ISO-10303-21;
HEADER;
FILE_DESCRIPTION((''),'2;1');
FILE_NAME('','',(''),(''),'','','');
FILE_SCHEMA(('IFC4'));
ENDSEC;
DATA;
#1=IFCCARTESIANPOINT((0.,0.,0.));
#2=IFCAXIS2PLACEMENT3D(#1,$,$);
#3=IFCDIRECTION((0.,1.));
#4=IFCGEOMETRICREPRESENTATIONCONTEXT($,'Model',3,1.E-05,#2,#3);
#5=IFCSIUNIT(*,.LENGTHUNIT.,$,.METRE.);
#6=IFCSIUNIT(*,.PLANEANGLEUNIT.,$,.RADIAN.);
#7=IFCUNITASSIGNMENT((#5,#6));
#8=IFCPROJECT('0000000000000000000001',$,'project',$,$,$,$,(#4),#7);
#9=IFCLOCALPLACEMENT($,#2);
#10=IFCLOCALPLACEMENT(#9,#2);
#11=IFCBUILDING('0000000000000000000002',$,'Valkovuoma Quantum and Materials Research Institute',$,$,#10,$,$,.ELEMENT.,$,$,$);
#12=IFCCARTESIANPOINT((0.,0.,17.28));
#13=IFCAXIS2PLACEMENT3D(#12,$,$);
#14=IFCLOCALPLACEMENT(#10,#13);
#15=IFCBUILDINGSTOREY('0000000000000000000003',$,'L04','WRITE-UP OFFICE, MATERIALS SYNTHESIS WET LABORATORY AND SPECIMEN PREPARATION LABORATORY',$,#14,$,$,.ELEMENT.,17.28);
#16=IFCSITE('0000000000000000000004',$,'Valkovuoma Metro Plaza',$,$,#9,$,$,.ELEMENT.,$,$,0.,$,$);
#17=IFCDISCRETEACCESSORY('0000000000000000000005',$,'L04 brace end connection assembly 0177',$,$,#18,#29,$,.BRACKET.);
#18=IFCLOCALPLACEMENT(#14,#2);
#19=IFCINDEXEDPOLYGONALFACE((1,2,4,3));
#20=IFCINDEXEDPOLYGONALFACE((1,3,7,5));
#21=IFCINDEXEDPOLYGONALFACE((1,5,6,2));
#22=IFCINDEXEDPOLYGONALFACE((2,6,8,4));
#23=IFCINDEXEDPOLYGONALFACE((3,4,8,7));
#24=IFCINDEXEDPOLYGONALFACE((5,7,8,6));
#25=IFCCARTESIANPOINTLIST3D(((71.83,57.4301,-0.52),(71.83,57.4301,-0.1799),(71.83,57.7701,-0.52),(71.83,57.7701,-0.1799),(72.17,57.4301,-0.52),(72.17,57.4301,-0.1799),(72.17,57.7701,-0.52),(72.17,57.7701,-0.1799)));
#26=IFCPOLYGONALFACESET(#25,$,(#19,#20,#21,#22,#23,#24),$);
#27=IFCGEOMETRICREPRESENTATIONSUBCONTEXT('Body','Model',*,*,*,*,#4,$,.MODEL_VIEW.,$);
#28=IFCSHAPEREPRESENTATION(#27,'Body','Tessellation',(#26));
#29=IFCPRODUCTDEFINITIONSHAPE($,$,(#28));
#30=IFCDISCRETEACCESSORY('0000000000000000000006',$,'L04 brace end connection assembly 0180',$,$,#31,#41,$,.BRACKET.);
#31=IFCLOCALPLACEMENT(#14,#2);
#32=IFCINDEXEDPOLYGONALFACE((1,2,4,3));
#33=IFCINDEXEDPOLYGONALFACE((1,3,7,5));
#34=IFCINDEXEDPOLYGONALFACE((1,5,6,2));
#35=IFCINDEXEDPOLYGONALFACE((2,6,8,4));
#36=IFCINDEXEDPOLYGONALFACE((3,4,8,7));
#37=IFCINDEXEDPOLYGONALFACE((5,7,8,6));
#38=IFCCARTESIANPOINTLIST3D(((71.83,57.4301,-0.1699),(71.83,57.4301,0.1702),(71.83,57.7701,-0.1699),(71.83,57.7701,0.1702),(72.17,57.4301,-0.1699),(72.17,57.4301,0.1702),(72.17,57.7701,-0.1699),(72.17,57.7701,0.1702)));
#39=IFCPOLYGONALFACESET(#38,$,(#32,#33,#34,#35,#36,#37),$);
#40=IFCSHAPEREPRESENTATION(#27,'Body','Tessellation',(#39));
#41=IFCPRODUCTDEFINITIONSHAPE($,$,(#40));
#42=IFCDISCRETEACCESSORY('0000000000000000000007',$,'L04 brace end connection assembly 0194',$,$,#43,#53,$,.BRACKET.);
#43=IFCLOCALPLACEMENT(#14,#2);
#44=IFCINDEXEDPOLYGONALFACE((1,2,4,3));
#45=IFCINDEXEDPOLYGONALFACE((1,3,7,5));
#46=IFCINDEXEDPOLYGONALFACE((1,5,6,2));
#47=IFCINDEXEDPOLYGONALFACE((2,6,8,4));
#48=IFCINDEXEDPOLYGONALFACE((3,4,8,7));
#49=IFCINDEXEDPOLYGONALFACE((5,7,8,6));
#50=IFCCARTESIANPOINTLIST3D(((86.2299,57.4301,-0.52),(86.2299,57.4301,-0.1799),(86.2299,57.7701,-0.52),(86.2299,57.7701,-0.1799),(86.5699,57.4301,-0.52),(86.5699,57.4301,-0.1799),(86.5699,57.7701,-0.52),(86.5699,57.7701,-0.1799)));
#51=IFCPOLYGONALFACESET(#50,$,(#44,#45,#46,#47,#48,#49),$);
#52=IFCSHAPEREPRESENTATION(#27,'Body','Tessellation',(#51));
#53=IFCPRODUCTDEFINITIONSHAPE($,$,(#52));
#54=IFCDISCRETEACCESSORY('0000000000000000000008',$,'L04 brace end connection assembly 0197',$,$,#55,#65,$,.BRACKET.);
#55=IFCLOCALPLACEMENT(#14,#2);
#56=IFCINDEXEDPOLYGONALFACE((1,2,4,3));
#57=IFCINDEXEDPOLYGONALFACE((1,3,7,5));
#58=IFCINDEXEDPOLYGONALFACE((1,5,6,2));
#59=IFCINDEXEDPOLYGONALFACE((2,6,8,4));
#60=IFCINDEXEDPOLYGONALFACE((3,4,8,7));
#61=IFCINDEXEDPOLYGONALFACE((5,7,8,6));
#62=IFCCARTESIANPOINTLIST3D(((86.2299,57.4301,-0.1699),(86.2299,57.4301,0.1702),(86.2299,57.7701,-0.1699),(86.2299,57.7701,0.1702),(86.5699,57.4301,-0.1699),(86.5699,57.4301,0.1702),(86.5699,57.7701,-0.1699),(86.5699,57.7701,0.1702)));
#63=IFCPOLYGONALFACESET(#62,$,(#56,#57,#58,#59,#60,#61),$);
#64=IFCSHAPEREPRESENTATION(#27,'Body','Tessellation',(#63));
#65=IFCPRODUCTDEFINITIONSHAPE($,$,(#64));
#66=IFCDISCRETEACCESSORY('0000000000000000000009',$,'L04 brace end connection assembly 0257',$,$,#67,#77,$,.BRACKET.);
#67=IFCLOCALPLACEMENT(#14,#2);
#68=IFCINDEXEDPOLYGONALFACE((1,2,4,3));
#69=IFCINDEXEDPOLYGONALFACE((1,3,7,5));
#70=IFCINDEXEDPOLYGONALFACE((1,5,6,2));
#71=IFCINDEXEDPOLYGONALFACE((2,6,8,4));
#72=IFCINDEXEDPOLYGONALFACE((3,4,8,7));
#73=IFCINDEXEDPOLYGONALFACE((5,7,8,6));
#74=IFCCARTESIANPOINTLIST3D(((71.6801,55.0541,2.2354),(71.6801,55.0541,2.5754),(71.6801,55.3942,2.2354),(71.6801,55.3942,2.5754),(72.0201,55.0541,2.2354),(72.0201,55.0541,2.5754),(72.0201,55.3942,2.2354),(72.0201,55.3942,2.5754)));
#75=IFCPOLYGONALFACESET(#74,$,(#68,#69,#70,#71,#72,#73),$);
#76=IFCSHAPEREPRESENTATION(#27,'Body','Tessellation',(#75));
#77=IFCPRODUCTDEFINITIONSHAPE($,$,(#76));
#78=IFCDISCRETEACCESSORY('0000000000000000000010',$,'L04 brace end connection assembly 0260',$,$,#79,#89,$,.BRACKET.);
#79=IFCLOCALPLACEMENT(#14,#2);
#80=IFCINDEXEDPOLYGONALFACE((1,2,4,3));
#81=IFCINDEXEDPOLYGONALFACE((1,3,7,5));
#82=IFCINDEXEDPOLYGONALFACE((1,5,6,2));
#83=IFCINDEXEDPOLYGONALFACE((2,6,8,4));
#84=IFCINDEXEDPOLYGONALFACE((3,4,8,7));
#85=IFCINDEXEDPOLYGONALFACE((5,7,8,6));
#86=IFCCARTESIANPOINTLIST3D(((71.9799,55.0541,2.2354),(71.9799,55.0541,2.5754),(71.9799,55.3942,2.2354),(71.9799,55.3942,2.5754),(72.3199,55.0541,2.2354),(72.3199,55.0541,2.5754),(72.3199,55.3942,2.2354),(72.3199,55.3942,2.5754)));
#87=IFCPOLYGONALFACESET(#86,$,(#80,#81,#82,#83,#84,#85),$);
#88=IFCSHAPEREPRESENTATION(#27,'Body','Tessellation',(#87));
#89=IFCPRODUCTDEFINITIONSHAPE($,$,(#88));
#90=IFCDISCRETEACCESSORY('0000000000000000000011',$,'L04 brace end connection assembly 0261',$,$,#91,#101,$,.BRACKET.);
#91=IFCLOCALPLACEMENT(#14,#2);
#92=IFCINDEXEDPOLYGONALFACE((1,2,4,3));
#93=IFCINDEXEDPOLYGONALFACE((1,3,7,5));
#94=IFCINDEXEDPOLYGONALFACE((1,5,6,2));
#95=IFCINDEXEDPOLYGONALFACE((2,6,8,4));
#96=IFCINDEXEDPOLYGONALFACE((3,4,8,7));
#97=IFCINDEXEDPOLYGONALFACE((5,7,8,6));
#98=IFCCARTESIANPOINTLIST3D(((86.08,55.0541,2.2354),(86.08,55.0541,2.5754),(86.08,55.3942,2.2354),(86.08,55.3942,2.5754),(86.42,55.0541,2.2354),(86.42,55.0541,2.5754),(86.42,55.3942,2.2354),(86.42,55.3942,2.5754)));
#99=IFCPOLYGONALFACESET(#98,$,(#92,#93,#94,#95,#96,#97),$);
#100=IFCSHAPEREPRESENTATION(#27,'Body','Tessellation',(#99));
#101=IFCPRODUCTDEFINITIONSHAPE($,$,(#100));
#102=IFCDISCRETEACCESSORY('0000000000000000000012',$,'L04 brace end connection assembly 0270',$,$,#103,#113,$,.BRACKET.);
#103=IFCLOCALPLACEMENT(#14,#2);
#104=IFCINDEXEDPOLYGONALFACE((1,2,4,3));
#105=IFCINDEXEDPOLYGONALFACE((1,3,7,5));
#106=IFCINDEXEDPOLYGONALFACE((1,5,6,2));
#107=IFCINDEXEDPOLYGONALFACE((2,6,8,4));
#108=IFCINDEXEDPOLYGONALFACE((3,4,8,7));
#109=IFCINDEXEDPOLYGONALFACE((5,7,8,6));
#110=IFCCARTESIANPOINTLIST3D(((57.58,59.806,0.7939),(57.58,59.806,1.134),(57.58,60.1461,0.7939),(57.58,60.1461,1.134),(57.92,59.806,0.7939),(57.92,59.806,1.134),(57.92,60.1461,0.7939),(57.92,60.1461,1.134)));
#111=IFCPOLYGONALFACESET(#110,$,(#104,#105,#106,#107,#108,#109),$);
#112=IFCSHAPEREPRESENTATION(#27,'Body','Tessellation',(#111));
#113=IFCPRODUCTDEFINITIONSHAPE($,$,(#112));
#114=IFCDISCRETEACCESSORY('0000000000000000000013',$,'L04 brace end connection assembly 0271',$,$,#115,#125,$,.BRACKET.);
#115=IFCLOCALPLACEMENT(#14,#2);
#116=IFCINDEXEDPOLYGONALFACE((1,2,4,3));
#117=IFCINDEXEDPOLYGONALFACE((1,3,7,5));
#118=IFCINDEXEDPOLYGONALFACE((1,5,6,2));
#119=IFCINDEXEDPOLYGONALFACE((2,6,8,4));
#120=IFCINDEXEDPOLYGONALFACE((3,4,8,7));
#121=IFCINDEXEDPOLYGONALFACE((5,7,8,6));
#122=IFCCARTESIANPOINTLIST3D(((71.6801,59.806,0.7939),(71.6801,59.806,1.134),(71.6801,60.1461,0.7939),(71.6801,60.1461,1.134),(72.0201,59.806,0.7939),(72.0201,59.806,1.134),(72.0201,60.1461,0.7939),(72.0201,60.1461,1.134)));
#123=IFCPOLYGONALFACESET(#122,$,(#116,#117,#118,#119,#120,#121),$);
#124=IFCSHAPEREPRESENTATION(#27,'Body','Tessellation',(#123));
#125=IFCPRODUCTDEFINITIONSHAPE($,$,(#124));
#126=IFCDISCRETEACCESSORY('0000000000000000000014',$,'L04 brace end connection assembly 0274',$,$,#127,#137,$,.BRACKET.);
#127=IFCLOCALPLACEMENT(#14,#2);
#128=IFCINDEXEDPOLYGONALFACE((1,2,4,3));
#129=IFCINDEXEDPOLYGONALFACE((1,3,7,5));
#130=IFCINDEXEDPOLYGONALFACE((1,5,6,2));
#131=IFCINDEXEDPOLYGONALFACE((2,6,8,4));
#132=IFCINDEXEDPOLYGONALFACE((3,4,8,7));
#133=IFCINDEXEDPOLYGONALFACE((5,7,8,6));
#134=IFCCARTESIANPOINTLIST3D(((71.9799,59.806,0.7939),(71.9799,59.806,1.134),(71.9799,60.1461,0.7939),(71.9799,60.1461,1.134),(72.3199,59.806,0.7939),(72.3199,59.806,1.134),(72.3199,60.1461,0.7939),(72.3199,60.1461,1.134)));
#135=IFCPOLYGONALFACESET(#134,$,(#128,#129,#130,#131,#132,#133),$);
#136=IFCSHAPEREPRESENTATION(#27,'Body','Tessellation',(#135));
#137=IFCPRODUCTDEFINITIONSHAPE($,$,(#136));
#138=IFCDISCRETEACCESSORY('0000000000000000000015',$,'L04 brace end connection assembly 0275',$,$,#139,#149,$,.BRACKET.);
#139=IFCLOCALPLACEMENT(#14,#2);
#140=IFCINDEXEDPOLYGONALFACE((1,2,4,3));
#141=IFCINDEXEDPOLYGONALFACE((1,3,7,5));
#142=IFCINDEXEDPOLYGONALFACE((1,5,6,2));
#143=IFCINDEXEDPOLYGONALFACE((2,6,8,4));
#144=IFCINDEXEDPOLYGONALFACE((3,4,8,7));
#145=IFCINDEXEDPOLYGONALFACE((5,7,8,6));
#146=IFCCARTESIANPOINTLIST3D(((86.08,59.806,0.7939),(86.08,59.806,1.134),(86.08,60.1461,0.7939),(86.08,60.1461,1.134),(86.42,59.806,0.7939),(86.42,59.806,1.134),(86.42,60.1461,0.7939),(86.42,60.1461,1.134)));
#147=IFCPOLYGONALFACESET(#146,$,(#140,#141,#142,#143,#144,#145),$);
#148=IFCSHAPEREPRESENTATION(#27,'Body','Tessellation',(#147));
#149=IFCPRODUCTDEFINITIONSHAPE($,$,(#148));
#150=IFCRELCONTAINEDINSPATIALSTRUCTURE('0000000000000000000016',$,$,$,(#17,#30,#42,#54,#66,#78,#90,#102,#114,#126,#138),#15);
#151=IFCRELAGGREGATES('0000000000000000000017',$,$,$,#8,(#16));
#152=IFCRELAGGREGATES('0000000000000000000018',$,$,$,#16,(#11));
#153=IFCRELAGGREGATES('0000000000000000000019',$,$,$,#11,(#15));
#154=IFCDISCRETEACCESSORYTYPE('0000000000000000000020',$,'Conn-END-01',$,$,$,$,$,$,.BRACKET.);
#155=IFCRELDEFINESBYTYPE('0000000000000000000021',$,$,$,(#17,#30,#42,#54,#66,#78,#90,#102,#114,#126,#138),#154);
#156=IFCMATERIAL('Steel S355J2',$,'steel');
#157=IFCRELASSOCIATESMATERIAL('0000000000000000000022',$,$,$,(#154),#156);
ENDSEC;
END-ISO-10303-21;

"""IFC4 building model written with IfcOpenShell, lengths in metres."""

from ifc_helpers import new_model, si_unit, direction, frame, origin, origin_2d, place, context, subcontext, project, spatial, rectangle, extrude, material, type_object, element, save


model = new_model("IFC4")

# Units and contexts
model_context = context("Model", 3, precision=1e-05, world=origin(), true_north=direction((0.0, 1.0)))
body_context = subcontext(model_context, "Body", "Model", "MODEL_VIEW")
ifc_project = project(units=[si_unit("LENGTHUNIT", "METRE"), si_unit("PLANEANGLEUNIT", "RADIAN")], contexts=[model_context])

# Site, building, storey
site_placement = place(None, origin())
site = spatial("IfcSite", under=ifc_project, at=site_placement, Name="Valkovuoma Metro Plaza", CompositionType="ELEMENT", RefElevation=0.0)
building_placement = place(site_placement, origin())
building = spatial("IfcBuilding", under=site, at=building_placement, Name="Valkovuoma Quantum and Materials Research Institute", CompositionType="ELEMENT")
storey_placement = place(building_placement, frame((0.0, 0.0, 17.28)))
storey = spatial("IfcBuildingStorey", under=building, at=storey_placement, Name="L04", Description="WRITE-UP OFFICE, MATERIALS SYNTHESIS WET LABORATORY AND SPECIMEN PREPARATION LABORATORY", CompositionType="ELEMENT", Elevation=17.28)

# Discrete accessories
ifc_material_1 = material(Name="Steel S355J2", Category="steel")
discrete_accessory_type = type_object("IfcDiscreteAccessoryType", Name="Conn-END-01", PredefinedType="BRACKET", material=ifc_material_1)
for number, where, z_axis, x_axis, name in (
    (1, (72.0, 57.6001, -0.52), (0.0, 0.0, 1.0), (1.0, 0.0, 0.0), "L04 brace end connection assembly 0177"),
    (2, (72.0, 57.6001, -0.1699), (0.0, 0.0, 1.0), (1.0, 0.0, 0.0), "L04 brace end connection assembly 0180"),
    (3, (86.3999, 57.6001, -0.52), (0.0, 0.0, 1.0), (1.0, 0.0, 0.0), "L04 brace end connection assembly 0194"),
    (4, (86.3999, 57.6001, -0.1699), (0.0, 0.0, 1.0), (1.0, 0.0, 0.0), "L04 brace end connection assembly 0197"),
    (5, (71.8501, 55.2241, 2.2354), (0.0, 0.0, 1.0), (1.0, 0.0, 0.0), "L04 brace end connection assembly 0257"),
    (6, (72.1499, 55.2241, 2.2354), (0.0, 0.0, 1.0), (1.0, 0.0, 0.0), "L04 brace end connection assembly 0260"),
    (7, (86.25, 55.2241, 2.2354), (0.0, 0.0, 1.0), (1.0, 0.0, 0.0), "L04 brace end connection assembly 0261"),
    (8, (57.75, 59.9761, 0.7939), (0.0, 0.0, 1.0), (1.0, 0.0, 0.0), "L04 brace end connection assembly 0270"),
    (9, (71.8501, 59.9761, 0.7939), (0.0, 0.0, 1.0), (1.0, 0.0, 0.0), "L04 brace end connection assembly 0271"),
    (10, (72.1499, 59.9761, 0.7939), (0.0, 0.0, 1.0), (1.0, 0.0, 0.0), "L04 brace end connection assembly 0274"),
    (11, (86.25, 59.9761, 0.7939), (0.0, 0.0, 1.0), (1.0, 0.0, 0.0), "L04 brace end connection assembly 0275"),
):
    element("IfcDiscreteAccessory", number, at=place(storey_placement, frame(where, z_axis=z_axis, x_axis=x_axis)), inside=storey, type_object=discrete_accessory_type, Name=name, PredefinedType="BRACKET", context=body_context, shape_type="SweptSolid", body=[
        extrude(rectangle(XDim=0.3401, YDim=0.3401, at=origin_2d()), origin(), (0.0, 0.0, 1.0), 0.3401),
    ])

save(model, "model.ifc")
